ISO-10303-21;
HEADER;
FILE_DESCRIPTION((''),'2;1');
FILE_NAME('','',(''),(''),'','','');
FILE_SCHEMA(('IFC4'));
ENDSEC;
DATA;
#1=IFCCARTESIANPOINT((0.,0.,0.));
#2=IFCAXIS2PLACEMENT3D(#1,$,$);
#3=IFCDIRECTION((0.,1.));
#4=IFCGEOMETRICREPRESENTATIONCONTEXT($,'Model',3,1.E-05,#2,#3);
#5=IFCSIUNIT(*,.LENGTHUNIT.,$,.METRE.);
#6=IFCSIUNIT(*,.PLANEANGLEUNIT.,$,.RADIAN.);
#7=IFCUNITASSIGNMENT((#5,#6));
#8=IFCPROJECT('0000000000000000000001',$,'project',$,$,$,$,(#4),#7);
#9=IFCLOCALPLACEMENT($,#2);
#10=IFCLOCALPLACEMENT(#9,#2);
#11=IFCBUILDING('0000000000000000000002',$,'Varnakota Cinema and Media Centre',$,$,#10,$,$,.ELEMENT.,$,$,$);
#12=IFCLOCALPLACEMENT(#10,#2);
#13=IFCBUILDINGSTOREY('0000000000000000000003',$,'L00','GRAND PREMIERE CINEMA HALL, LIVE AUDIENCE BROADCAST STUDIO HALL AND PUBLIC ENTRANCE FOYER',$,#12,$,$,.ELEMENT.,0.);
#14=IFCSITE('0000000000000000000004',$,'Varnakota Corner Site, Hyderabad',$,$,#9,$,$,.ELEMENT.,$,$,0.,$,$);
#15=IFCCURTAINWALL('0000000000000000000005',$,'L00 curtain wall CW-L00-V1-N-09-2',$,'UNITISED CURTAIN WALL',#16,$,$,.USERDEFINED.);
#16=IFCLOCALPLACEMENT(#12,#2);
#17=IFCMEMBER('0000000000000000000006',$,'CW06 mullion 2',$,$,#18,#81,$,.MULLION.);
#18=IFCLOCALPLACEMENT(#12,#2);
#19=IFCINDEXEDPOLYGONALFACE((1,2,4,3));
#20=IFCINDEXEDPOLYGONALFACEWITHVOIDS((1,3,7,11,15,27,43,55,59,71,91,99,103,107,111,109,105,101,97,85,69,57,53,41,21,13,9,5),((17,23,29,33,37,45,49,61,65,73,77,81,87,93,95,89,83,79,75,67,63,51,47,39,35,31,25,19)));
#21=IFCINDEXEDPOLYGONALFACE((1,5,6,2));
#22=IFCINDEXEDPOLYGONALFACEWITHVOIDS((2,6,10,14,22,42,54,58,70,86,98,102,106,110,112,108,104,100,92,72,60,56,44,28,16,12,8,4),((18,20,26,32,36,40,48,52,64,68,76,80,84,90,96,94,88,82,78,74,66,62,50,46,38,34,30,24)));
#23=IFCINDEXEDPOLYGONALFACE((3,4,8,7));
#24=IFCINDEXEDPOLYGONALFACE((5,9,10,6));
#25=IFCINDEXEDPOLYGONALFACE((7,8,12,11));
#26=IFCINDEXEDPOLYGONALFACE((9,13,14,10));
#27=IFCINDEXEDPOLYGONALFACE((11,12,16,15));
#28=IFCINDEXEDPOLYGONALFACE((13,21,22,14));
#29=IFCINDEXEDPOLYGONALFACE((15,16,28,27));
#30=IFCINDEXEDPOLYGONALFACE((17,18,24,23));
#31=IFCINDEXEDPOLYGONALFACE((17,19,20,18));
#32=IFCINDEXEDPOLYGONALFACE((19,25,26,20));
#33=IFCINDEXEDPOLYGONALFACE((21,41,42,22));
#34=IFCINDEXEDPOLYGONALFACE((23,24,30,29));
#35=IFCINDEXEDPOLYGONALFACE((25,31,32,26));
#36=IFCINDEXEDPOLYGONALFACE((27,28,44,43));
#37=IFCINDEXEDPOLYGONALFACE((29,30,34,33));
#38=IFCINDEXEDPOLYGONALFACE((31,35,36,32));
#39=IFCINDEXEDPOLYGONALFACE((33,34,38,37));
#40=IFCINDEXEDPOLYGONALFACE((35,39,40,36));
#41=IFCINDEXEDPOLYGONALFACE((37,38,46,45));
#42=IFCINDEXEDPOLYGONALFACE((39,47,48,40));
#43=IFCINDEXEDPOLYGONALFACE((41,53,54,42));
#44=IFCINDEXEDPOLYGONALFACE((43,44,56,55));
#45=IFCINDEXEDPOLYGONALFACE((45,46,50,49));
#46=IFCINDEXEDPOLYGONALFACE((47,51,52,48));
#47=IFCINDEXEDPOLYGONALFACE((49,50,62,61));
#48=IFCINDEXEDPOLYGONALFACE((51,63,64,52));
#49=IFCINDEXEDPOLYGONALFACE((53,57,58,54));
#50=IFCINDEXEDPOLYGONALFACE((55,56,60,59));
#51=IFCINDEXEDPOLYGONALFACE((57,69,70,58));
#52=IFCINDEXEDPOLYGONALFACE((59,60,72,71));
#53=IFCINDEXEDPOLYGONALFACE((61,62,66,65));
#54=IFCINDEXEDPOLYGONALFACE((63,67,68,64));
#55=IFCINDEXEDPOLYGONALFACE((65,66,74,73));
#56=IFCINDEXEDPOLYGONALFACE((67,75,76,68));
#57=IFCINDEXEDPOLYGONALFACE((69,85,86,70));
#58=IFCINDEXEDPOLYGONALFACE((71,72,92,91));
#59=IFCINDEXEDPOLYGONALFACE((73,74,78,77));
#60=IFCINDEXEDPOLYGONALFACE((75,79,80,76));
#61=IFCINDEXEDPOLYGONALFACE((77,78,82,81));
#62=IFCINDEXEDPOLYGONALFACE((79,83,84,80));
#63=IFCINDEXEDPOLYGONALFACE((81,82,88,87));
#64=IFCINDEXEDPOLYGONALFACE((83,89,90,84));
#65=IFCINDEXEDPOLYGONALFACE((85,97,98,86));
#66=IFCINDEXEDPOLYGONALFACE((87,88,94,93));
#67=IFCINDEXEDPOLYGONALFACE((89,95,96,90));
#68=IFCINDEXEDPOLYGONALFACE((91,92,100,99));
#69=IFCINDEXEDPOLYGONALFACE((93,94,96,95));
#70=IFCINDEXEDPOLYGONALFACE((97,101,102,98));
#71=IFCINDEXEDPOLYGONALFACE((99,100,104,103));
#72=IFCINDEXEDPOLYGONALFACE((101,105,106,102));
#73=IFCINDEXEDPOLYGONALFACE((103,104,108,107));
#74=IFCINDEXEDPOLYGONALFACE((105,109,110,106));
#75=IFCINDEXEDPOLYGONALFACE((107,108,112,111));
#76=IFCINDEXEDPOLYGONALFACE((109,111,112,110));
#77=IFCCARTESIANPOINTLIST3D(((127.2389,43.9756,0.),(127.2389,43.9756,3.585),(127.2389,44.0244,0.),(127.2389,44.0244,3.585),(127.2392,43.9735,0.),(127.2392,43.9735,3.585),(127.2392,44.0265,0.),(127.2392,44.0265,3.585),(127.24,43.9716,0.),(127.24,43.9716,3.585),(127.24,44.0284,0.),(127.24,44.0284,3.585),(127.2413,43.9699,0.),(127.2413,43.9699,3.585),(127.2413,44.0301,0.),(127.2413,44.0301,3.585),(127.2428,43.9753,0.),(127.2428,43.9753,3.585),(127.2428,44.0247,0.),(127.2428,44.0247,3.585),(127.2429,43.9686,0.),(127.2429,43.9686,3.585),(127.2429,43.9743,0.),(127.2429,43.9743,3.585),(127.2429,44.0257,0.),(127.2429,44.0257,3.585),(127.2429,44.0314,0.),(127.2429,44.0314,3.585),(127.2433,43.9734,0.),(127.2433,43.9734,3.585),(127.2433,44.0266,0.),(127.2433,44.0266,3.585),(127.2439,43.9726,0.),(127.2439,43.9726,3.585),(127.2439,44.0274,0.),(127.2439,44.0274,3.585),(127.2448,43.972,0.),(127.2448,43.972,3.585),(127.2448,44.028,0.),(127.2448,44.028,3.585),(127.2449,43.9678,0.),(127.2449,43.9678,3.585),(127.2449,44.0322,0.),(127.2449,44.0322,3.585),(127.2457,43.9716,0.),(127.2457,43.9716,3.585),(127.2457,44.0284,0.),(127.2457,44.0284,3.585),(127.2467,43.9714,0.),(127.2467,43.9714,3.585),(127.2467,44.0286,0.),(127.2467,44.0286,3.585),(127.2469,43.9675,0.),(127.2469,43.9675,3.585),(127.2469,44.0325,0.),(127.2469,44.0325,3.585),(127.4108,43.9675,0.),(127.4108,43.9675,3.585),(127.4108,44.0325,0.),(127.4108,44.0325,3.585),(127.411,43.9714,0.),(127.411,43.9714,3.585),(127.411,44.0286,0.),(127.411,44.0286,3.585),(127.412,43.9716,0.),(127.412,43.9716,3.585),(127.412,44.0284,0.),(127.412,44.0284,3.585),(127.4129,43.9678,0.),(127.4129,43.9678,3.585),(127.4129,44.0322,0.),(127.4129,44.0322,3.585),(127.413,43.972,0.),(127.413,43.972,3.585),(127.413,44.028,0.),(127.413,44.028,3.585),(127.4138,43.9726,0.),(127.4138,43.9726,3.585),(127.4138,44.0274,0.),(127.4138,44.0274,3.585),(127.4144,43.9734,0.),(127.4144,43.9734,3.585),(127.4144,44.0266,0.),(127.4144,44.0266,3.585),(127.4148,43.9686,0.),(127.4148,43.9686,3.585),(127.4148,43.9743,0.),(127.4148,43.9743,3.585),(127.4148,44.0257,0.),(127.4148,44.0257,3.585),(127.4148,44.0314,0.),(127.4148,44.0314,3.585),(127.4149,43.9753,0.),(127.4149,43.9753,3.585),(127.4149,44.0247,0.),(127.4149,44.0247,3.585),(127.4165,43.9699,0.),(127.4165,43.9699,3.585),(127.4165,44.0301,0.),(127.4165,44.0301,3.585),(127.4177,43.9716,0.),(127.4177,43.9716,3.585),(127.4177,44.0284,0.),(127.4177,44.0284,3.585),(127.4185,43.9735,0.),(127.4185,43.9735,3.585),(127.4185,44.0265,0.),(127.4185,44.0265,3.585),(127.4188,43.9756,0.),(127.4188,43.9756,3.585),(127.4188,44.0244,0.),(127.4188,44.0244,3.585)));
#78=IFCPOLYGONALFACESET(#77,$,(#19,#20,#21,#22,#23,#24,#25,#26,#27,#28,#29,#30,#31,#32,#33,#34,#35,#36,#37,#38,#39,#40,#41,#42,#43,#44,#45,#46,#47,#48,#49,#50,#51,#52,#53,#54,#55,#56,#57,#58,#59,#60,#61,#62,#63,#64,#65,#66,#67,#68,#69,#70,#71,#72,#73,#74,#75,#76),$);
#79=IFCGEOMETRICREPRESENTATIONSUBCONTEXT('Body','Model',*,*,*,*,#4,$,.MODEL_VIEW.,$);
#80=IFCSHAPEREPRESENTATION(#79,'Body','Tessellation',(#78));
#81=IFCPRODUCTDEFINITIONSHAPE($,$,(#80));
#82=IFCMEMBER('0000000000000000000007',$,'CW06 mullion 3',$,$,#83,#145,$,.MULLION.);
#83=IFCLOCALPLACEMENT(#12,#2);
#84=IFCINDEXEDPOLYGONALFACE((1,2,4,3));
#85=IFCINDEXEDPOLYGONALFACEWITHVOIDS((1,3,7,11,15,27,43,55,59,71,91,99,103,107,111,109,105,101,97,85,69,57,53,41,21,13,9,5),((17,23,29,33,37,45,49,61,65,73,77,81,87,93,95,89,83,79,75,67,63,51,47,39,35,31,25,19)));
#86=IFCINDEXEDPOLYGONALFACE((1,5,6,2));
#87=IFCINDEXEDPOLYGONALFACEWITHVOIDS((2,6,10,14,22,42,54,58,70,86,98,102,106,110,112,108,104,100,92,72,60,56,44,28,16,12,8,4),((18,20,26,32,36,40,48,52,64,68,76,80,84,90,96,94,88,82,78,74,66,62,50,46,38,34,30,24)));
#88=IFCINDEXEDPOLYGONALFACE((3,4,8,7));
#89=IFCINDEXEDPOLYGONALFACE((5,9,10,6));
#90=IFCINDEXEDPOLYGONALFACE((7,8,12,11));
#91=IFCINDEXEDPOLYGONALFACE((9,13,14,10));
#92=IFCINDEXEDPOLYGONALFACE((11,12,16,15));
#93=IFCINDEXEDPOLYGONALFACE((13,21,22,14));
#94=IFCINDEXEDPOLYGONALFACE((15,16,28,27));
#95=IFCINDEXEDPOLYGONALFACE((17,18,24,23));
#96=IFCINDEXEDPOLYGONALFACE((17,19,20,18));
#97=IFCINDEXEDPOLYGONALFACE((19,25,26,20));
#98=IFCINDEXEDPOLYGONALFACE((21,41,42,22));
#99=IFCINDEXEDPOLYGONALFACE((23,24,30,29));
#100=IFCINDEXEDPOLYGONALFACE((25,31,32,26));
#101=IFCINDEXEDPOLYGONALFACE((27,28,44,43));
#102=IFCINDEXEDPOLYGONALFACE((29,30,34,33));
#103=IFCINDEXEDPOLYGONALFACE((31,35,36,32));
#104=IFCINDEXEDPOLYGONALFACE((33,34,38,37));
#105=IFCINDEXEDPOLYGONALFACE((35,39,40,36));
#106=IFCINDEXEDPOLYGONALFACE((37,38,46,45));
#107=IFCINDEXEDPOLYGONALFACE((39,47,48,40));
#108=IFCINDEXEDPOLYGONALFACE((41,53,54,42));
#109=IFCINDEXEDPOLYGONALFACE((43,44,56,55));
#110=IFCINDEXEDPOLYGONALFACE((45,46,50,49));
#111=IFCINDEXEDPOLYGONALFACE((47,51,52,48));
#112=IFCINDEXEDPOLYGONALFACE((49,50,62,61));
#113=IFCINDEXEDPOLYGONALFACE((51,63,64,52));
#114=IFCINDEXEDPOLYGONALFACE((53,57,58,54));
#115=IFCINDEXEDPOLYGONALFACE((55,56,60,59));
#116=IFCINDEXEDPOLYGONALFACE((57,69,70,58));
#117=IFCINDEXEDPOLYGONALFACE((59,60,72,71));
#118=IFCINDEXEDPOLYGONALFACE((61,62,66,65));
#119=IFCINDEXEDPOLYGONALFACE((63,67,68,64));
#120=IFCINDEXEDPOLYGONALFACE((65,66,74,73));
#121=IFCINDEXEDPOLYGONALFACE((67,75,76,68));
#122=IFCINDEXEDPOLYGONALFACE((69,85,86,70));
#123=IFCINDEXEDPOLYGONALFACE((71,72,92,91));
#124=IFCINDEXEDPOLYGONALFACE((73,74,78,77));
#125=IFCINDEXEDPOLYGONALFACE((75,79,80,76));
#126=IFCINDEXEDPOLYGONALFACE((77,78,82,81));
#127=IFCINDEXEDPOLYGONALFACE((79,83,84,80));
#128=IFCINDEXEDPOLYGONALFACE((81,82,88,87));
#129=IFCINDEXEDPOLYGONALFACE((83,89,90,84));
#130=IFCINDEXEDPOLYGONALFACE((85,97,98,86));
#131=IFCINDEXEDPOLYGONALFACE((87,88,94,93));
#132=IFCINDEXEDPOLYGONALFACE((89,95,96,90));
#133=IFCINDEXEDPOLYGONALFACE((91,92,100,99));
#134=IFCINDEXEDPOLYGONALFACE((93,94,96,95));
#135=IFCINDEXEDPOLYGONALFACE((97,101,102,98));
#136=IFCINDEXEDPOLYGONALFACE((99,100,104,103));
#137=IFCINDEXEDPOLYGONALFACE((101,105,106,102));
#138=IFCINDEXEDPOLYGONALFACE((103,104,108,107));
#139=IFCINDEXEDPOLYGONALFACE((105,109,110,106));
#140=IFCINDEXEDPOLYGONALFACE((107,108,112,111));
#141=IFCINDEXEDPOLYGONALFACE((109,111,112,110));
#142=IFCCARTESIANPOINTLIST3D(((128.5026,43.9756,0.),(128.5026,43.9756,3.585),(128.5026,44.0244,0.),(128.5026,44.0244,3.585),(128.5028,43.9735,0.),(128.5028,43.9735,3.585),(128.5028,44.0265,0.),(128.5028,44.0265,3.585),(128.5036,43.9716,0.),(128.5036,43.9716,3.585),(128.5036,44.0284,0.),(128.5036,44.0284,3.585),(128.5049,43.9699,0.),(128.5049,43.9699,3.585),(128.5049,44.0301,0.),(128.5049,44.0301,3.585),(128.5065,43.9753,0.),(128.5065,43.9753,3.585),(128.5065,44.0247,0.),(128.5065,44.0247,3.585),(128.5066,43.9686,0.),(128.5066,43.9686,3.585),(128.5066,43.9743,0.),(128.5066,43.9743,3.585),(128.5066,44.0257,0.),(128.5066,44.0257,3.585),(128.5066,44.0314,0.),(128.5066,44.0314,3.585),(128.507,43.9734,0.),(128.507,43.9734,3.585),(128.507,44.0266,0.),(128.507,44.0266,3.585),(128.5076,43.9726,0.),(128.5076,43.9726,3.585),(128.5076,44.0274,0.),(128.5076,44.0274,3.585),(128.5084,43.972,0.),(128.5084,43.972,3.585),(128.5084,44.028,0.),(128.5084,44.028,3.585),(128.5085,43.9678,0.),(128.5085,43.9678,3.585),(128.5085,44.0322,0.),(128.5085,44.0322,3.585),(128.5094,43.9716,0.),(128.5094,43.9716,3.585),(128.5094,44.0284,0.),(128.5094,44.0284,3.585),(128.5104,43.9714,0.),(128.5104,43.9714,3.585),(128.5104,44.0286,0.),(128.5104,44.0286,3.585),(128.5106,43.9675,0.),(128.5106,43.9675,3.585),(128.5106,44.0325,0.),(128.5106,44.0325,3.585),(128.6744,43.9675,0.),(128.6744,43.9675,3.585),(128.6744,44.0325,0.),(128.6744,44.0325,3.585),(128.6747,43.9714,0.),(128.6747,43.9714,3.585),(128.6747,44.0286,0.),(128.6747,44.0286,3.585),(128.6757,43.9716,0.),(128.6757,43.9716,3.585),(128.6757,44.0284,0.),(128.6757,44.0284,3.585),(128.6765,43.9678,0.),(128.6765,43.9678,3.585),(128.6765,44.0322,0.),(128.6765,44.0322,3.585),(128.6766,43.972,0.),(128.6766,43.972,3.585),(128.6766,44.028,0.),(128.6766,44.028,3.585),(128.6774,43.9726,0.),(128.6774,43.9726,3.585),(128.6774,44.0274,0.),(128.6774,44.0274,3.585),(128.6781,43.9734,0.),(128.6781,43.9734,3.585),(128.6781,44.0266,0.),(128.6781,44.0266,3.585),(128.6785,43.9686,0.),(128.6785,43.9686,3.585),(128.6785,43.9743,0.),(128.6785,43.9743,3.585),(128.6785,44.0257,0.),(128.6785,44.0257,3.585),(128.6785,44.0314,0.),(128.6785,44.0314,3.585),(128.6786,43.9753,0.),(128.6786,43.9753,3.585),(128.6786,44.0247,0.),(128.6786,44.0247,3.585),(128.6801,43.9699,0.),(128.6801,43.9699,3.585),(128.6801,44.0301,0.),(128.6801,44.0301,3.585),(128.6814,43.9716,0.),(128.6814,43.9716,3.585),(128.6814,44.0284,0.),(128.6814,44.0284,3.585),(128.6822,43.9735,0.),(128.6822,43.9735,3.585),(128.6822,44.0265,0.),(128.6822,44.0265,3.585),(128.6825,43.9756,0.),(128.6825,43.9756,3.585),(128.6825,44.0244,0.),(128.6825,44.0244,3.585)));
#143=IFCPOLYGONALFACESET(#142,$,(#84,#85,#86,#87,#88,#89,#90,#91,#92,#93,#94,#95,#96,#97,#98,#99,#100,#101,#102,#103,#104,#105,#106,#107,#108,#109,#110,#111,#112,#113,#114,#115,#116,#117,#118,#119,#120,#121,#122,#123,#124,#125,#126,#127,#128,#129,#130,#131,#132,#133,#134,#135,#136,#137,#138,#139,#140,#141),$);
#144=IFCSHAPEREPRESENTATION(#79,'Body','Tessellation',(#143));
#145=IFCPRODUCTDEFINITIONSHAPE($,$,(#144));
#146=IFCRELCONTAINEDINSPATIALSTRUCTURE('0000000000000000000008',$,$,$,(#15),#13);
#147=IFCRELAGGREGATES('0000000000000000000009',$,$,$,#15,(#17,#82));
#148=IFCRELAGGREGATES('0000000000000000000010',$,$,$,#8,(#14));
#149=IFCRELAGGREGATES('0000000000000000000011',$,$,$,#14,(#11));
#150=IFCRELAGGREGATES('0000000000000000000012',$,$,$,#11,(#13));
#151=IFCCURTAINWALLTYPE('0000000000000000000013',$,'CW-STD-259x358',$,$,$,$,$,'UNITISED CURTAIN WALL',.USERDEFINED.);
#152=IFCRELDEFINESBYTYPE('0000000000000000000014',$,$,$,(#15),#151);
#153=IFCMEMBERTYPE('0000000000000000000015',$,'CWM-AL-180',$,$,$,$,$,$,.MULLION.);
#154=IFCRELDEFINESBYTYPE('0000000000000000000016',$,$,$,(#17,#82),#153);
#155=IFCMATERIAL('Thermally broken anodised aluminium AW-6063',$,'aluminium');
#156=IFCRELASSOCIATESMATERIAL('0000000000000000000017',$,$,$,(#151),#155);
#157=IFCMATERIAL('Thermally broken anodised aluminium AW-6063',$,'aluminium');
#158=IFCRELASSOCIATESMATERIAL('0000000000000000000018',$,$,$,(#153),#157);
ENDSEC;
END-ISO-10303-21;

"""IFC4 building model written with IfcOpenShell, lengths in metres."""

from ifc_helpers import new_model, si_unit, direction, frame, origin, origin_2d, place, context, subcontext, project, spatial, hollow_rectangle, extrude, material, material_profile, profile_set, type_object, element, aggregate, save


model = new_model("IFC4")

# Units and contexts
model_context = context("Model", 3, precision=1e-05, world=origin(), true_north=direction((0.0, 1.0)))
body_context = subcontext(model_context, "Body", "Model", "MODEL_VIEW")
ifc_project = project(units=[si_unit("LENGTHUNIT", "METRE"), si_unit("PLANEANGLEUNIT", "RADIAN")], contexts=[model_context])

# Site, building, storey
site_placement = place(None, origin())
site = spatial("IfcSite", under=ifc_project, at=site_placement, Name="Varnakota Corner Site, Hyderabad", CompositionType="ELEMENT", RefElevation=0.0)
building_placement = place(site_placement, origin())
building = spatial("IfcBuilding", under=site, at=building_placement, Name="Varnakota Cinema and Media Centre", CompositionType="ELEMENT")
storey_placement = place(building_placement, origin())
storey = spatial("IfcBuildingStorey", under=building, at=storey_placement, Name="L00", Description="GRAND PREMIERE CINEMA HALL, LIVE AUDIENCE BROADCAST STUDIO HALL AND PUBLIC ENTRANCE FOYER", CompositionType="ELEMENT", Elevation=0.0)

# Shared definitions
ifc_material_1 = material(Name="Thermally broken anodised aluminium AW-6063", Category="aluminium")
curtain_wall_type = type_object("IfcCurtainWallType", Name="CW-STD-259x358", ElementType="UNITISED CURTAIN WALL", PredefinedType="USERDEFINED", material=ifc_material_1)
ifc_material_2 = material(Name="Thermally broken anodised aluminium AW-6063", Category="aluminium")
ifc_material_profile_1 = material_profile(ifc_material_2, hollow_rectangle(XDim=0.0649, YDim=0.1799, WallThickness=0.0039, InnerFilletRadius=0.0039, OuterFilletRadius=0.0081, at=origin_2d()), Name="AL-MULLION 180x65x4")
ifc_profile_set_1 = profile_set([ifc_material_profile_1], Name="Thermally broken anodised aluminium AW-6063")
member_type_1 = type_object("IfcMemberType", Name="CWM-AL-180", PredefinedType="MULLION", material=ifc_profile_set_1)

# Curtain wall, members
curtain_wall_1_placement = place(storey_placement, origin())
curtain_wall_1 = element("IfcCurtainWall", 1, at=curtain_wall_1_placement, inside=storey, type_object=curtain_wall_type, Name="L00 curtain wall CW-L00-V1-N-09-2", ObjectType="UNITISED CURTAIN WALL", PredefinedType="USERDEFINED")
member_1_placement = place(storey_placement, frame((127.3289, 44.0, 0.0), z_axis=(0.0, 0.0, 1.0), x_axis=(0.0, 1.0, 0.0)))
member_1 = element("IfcMember", 2, at=member_1_placement, type_object=member_type_1, Name="CW06 mullion 2", PredefinedType="MULLION", context=body_context, shape_type="SweptSolid", body=[
    extrude(hollow_rectangle(XDim=0.0649, YDim=0.1799, WallThickness=0.0039, InnerFilletRadius=0.0039, OuterFilletRadius=0.0081, at=origin_2d()), origin(), (0.0, 0.0, 1.0), 3.585),
])
member_2_placement = place(storey_placement, frame((128.5925, 44.0, 0.0), z_axis=(0.0, 0.0, 1.0), x_axis=(0.0, 1.0, 0.0)))
member_2 = element("IfcMember", 3, at=member_2_placement, type_object=member_type_1, Name="CW06 mullion 3", PredefinedType="MULLION", context=body_context, shape_type="SweptSolid", body=[
    extrude(hollow_rectangle(XDim=0.0649, YDim=0.1799, WallThickness=0.0039, InnerFilletRadius=0.0039, OuterFilletRadius=0.0081, at=origin_2d()), origin(), (0.0, 0.0, 1.0), 3.585),
])

aggregate(curtain_wall_1, [member_1, member_2])

save(model, "model.ifc")
